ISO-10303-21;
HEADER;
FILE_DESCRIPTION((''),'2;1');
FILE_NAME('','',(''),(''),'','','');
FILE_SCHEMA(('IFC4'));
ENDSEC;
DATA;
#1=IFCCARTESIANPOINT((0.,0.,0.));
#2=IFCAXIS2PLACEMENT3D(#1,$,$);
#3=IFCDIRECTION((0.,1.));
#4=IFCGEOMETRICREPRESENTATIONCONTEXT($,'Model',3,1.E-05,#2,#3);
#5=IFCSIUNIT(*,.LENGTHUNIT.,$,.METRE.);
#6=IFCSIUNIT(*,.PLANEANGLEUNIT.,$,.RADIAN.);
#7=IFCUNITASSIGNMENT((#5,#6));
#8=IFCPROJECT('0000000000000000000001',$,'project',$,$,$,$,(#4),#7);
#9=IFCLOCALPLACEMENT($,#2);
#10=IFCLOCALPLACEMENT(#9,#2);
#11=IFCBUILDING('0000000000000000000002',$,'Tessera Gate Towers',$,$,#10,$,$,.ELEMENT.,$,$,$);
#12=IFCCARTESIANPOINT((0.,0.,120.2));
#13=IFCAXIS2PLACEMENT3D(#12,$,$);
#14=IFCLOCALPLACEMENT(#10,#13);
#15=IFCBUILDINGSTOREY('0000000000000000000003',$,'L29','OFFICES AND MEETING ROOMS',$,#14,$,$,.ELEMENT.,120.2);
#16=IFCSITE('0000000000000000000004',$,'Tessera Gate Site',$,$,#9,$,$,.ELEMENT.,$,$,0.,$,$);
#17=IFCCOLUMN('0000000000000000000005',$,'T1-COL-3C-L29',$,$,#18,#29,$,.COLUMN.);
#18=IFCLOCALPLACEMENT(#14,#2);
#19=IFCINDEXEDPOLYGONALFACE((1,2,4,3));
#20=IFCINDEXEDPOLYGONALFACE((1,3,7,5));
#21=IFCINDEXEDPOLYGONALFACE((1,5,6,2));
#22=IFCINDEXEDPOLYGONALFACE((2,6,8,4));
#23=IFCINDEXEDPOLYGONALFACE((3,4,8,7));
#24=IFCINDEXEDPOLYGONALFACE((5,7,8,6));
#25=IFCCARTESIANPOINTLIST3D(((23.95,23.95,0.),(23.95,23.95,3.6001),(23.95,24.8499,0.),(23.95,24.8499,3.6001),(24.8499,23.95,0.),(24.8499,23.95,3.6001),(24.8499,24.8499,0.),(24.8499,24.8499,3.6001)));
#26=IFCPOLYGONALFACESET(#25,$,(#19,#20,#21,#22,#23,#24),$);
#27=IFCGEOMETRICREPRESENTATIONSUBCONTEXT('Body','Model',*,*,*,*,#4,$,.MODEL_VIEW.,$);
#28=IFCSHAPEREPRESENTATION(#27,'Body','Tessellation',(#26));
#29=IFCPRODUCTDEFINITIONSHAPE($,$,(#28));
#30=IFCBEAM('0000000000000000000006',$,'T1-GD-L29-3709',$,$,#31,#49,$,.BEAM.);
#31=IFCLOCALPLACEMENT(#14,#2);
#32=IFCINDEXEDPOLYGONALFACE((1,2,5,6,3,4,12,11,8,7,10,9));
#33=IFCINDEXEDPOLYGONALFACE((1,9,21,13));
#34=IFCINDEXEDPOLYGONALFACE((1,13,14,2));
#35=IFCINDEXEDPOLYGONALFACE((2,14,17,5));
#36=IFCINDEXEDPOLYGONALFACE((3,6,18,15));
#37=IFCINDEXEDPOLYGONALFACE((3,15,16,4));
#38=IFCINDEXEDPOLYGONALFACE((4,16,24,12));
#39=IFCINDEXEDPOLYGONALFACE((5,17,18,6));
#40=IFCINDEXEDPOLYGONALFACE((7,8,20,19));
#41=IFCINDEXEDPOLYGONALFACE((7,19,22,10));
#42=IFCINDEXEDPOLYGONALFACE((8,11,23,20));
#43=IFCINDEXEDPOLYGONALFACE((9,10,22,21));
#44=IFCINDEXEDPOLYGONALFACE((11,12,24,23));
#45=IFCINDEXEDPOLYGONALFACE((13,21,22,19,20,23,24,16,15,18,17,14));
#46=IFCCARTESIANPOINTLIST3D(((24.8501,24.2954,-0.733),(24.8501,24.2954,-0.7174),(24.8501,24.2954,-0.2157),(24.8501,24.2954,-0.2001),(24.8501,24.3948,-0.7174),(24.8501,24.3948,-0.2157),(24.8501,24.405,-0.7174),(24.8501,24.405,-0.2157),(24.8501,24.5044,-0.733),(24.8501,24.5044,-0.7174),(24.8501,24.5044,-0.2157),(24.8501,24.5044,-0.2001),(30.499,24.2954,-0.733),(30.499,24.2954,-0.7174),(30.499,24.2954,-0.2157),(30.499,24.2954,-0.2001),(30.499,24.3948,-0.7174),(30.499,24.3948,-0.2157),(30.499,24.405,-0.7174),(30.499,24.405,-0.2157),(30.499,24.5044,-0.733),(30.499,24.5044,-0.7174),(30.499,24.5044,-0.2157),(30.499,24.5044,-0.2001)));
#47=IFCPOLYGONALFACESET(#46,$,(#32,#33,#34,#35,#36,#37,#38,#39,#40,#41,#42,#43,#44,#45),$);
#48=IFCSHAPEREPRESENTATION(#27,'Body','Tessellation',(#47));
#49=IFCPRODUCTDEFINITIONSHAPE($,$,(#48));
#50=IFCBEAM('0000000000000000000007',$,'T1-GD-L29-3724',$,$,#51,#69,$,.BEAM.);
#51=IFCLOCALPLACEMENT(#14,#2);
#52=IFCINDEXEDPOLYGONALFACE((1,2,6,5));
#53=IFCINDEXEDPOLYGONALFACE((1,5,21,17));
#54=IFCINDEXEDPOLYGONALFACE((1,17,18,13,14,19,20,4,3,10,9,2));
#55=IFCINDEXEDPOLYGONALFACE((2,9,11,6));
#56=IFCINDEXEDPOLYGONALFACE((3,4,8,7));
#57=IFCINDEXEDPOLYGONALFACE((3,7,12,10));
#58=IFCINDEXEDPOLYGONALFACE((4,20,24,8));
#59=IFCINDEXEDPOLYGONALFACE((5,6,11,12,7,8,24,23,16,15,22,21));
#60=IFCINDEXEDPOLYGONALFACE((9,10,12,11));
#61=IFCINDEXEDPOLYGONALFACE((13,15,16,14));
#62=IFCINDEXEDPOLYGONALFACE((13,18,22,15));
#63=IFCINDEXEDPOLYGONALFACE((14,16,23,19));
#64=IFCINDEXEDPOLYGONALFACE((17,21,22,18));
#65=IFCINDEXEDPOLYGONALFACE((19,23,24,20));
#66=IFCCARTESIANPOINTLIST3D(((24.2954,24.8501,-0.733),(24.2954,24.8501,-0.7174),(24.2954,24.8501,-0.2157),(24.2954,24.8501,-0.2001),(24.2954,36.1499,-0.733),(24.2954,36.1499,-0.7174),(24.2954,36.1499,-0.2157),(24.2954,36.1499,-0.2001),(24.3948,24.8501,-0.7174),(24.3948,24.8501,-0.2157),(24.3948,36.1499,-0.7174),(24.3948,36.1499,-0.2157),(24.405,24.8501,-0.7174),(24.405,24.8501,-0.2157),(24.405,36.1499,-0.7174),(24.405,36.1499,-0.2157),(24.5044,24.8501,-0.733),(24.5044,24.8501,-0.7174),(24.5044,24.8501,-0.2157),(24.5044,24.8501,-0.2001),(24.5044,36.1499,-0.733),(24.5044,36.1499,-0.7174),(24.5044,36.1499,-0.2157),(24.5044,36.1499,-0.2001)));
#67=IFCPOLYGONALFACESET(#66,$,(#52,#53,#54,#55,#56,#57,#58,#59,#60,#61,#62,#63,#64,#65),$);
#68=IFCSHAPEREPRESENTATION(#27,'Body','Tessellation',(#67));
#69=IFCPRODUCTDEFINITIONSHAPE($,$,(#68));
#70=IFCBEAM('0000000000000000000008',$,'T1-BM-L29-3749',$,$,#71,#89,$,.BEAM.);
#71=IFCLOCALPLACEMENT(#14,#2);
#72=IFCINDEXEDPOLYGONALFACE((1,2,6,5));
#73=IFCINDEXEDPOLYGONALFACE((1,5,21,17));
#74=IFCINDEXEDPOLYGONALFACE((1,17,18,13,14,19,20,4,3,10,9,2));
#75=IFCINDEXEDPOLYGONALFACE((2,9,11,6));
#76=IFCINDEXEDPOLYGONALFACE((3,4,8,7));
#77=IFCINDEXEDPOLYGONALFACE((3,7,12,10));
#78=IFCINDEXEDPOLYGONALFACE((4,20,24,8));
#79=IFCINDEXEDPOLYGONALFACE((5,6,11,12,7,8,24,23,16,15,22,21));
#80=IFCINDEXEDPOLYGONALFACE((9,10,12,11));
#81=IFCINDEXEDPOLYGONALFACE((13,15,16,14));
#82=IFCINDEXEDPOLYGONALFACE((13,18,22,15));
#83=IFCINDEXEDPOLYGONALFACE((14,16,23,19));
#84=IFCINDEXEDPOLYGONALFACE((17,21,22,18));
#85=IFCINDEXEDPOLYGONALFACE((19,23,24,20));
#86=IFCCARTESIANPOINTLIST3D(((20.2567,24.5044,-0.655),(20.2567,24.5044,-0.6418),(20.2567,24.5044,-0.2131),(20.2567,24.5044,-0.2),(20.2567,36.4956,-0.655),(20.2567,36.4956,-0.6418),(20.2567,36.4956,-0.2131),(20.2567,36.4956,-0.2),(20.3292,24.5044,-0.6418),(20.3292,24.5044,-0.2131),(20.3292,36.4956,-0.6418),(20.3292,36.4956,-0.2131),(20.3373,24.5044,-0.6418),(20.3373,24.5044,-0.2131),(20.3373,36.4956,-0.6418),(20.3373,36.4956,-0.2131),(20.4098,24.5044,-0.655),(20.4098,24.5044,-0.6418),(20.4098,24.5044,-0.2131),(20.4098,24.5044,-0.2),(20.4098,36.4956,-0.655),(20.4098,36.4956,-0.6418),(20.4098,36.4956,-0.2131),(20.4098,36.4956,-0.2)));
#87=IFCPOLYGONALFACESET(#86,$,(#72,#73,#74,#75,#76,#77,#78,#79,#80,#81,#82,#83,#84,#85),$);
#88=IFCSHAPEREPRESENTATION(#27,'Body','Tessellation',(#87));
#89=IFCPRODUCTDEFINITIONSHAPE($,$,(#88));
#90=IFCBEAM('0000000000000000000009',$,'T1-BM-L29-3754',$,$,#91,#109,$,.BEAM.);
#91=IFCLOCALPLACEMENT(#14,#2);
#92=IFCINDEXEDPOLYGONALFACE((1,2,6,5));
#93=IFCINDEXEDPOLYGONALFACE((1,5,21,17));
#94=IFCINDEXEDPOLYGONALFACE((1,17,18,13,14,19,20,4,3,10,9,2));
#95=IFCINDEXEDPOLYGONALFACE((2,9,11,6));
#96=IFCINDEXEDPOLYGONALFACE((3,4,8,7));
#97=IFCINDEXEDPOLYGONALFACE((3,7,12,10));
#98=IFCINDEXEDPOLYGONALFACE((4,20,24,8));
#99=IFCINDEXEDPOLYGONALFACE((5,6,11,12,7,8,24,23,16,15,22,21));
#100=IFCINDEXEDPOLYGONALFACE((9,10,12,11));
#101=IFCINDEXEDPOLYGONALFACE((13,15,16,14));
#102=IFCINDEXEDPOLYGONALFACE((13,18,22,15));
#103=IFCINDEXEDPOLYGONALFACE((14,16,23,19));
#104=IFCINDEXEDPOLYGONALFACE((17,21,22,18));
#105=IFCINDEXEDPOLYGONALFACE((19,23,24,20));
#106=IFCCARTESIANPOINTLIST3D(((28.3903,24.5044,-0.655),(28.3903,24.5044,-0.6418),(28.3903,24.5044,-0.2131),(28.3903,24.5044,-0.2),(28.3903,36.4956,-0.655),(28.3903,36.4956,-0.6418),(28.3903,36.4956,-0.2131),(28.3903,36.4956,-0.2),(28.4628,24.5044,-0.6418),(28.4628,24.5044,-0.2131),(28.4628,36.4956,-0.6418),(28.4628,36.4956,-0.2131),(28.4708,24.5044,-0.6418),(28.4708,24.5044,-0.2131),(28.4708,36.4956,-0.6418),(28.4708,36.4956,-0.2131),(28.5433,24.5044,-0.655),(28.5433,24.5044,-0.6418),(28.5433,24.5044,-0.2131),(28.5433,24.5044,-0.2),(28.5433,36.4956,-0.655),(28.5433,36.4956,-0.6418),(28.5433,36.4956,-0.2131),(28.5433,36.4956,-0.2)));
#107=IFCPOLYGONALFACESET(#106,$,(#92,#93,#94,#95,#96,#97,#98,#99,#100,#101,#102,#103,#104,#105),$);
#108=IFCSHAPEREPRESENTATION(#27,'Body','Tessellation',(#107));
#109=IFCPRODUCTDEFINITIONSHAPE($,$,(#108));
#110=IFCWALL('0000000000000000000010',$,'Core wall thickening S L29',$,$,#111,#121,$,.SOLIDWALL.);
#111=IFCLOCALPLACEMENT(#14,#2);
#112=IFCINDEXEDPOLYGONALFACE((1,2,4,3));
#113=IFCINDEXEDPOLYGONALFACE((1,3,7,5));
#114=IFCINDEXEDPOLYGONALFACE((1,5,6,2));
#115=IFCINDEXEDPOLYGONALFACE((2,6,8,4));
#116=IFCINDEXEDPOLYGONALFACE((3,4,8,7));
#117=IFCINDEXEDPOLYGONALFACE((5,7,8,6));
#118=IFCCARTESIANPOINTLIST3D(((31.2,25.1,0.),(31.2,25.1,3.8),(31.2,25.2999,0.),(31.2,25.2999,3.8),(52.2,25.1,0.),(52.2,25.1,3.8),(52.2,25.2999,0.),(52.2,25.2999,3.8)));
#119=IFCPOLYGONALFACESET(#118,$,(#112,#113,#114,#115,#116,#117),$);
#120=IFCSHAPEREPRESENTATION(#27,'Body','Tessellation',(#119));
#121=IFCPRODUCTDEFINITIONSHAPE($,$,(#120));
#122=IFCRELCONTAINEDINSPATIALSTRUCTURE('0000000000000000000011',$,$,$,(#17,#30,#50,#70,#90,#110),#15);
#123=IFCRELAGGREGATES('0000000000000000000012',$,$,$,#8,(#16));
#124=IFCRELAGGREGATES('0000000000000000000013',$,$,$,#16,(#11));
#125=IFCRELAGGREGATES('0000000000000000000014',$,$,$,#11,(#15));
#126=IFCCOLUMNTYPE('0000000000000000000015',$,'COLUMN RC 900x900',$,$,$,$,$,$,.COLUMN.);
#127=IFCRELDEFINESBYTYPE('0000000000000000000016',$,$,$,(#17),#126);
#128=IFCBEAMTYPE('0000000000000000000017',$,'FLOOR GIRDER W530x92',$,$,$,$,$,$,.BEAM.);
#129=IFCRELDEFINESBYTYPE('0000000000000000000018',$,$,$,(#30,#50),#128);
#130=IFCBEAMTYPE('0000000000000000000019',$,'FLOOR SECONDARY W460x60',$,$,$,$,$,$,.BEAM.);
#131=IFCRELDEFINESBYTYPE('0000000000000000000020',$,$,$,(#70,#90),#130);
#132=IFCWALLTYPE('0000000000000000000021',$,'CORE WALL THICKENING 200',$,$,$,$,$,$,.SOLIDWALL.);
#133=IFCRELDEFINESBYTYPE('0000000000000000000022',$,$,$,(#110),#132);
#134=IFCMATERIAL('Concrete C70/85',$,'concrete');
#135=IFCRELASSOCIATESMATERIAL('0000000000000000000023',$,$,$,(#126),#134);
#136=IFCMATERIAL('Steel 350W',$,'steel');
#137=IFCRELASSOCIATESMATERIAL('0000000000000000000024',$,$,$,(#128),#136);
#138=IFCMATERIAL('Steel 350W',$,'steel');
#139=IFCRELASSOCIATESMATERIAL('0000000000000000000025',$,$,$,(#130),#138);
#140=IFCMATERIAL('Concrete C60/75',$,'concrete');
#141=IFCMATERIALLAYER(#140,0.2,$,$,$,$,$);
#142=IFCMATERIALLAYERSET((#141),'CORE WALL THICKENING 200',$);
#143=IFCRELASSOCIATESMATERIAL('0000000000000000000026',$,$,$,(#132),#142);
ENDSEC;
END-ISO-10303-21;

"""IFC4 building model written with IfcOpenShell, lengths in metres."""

from ifc_helpers import new_model, si_unit, direction, frame, frame_2d, origin, origin_2d, place, context, subcontext, project, spatial, rectangle, i_section, extrude, material, layer, layer_set, material_profile, profile_set, type_object, element, save


model = new_model("IFC4")

# Units and contexts
model_context = context("Model", 3, precision=1e-05, world=origin(), true_north=direction((0.0, 1.0)))
body_context = subcontext(model_context, "Body", "Model", "MODEL_VIEW")
ifc_project = project(units=[si_unit("LENGTHUNIT", "METRE"), si_unit("PLANEANGLEUNIT", "RADIAN")], contexts=[model_context])

# Site, building, storey
site_placement = place(None, origin())
site = spatial("IfcSite", under=ifc_project, at=site_placement, Name="Tessera Gate Site", CompositionType="ELEMENT", RefElevation=0.0)
building_placement = place(site_placement, origin())
building = spatial("IfcBuilding", under=site, at=building_placement, Name="Tessera Gate Towers", CompositionType="ELEMENT")
storey_placement = place(building_placement, frame((0.0, 0.0, 120.2)))
storey = spatial("IfcBuildingStorey", under=building, at=storey_placement, Name="L29", Description="OFFICES AND MEETING ROOMS", CompositionType="ELEMENT", Elevation=120.2)

# Column
ifc_material_1 = material(Name="Concrete C70/85", Category="concrete")
ifc_material_profile_1 = material_profile(ifc_material_1, rectangle(XDim=0.8999, YDim=0.8999, at=origin_2d()), Name="RC 900x900")
ifc_profile_set_1 = profile_set([ifc_material_profile_1], Name="Concrete C70/85")
column_type = type_object("IfcColumnType", Name="COLUMN RC 900x900", PredefinedType="COLUMN", material=ifc_profile_set_1)
column_placement = place(storey_placement, frame((24.3999, 24.3999, 0.0), z_axis=(0.0, 0.0, 1.0), x_axis=(1.0, 0.0, 0.0)))
element("IfcColumn", 1, at=column_placement, inside=storey, type_object=column_type, Name="T1-COL-3C-L29", PredefinedType="COLUMN", context=body_context, shape_type="SweptSolid", body=[
    extrude(rectangle(XDim=0.8999, YDim=0.8999, at=origin_2d()), origin(), (0.0, 0.0, 1.0), 3.6001),
])

# Beams
ifc_material_2 = material(Name="Steel 350W", Category="steel")
ifc_material_profile_2 = material_profile(ifc_material_2, i_section(OverallWidth=0.209, OverallDepth=0.533, WebThickness=0.0103, FlangeThickness=0.0156, at=origin_2d()), Name="W530x92")
ifc_profile_set_2 = profile_set([ifc_material_profile_2], Name="Steel 350W")
beam_type_1 = type_object("IfcBeamType", Name="FLOOR GIRDER W530x92", PredefinedType="BEAM", material=ifc_profile_set_2)
beam_1_placement = place(storey_placement, frame((24.8501, 24.3999, -0.4666), z_axis=(1.0, 0.0, 0.0), x_axis=(0.0, 1.0, 0.0)))
element("IfcBeam", 2, at=beam_1_placement, inside=storey, type_object=beam_type_1, Name="T1-GD-L29-3709", PredefinedType="BEAM", context=body_context, shape_type="SweptSolid", body=[
    extrude(i_section(OverallWidth=0.209, OverallDepth=0.533, WebThickness=0.0103, FlangeThickness=0.0156, at=origin_2d()), origin(), (0.0, 0.0, 1.0), 5.6489),
])
beam_2_placement = place(storey_placement, frame((24.3999, 24.8501, -0.4666), z_axis=(0.0, 1.0, 0.0), x_axis=(-1.0, 0.0, 0.0)))
element("IfcBeam", 3, at=beam_2_placement, inside=storey, type_object=beam_type_1, Name="T1-GD-L29-3724", PredefinedType="BEAM", context=body_context, shape_type="SweptSolid", body=[
    extrude(i_section(OverallWidth=0.209, OverallDepth=0.533, WebThickness=0.0103, FlangeThickness=0.0156, at=origin_2d()), origin(), (0.0, 0.0, 1.0), 11.2998),
])
ifc_material_3 = material(Name="Steel 350W", Category="steel")
ifc_material_profile_3 = material_profile(ifc_material_3, i_section(OverallWidth=0.1531, OverallDepth=0.4551, WebThickness=0.0081, FlangeThickness=0.0132, at=origin_2d()), Name="W460x60")
ifc_profile_set_3 = profile_set([ifc_material_profile_3], Name="Steel 350W")
beam_type_2 = type_object("IfcBeamType", Name="FLOOR SECONDARY W460x60", PredefinedType="BEAM", material=ifc_profile_set_3)
for number, where, z_axis, x_axis, name in (
    (4, (20.3333, 24.5044, -0.4275), (0.0, 1.0, 0.0), (-1.0, 0.0, 0.0), "T1-BM-L29-3749"),
    (5, (28.4668, 24.5044, -0.4275), (0.0, 1.0, 0.0), (-1.0, 0.0, 0.0), "T1-BM-L29-3754"),
):
    element("IfcBeam", number, at=place(storey_placement, frame(where, z_axis=z_axis, x_axis=x_axis)), inside=storey, type_object=beam_type_2, Name=name, PredefinedType="BEAM", context=body_context, shape_type="SweptSolid", body=[
        extrude(i_section(OverallWidth=0.1531, OverallDepth=0.4551, WebThickness=0.0081, FlangeThickness=0.0132, at=origin_2d()), origin(), (0.0, 0.0, 1.0), 11.9912),
    ])

# Wall
ifc_material_4 = material(Name="Concrete C60/75", Category="concrete")
ifc_layer_1 = layer(ifc_material_4, 0.2)
ifc_layer_set_1 = layer_set([ifc_layer_1], Name="CORE WALL THICKENING 200")
wall_type_1 = type_object("IfcWallType", Name="CORE WALL THICKENING 200", PredefinedType="SOLIDWALL", material=ifc_layer_set_1)
wall_1_placement = place(storey_placement, frame((31.2, 25.2, 0.0), z_axis=(0.0, 0.0, 1.0), x_axis=(1.0, 0.0, 0.0)))
element("IfcWall", 6, at=wall_1_placement, inside=storey, type_object=wall_type_1, Name="Core wall thickening S L29", PredefinedType="SOLIDWALL", context=body_context, shape_type="SweptSolid", body=[
    extrude(rectangle(XDim=21.0, YDim=0.2, at=frame_2d((10.5, 0.0))), origin(), (0.0, 0.0, 1.0), 3.8),
])

save(model, "model.ifc")
